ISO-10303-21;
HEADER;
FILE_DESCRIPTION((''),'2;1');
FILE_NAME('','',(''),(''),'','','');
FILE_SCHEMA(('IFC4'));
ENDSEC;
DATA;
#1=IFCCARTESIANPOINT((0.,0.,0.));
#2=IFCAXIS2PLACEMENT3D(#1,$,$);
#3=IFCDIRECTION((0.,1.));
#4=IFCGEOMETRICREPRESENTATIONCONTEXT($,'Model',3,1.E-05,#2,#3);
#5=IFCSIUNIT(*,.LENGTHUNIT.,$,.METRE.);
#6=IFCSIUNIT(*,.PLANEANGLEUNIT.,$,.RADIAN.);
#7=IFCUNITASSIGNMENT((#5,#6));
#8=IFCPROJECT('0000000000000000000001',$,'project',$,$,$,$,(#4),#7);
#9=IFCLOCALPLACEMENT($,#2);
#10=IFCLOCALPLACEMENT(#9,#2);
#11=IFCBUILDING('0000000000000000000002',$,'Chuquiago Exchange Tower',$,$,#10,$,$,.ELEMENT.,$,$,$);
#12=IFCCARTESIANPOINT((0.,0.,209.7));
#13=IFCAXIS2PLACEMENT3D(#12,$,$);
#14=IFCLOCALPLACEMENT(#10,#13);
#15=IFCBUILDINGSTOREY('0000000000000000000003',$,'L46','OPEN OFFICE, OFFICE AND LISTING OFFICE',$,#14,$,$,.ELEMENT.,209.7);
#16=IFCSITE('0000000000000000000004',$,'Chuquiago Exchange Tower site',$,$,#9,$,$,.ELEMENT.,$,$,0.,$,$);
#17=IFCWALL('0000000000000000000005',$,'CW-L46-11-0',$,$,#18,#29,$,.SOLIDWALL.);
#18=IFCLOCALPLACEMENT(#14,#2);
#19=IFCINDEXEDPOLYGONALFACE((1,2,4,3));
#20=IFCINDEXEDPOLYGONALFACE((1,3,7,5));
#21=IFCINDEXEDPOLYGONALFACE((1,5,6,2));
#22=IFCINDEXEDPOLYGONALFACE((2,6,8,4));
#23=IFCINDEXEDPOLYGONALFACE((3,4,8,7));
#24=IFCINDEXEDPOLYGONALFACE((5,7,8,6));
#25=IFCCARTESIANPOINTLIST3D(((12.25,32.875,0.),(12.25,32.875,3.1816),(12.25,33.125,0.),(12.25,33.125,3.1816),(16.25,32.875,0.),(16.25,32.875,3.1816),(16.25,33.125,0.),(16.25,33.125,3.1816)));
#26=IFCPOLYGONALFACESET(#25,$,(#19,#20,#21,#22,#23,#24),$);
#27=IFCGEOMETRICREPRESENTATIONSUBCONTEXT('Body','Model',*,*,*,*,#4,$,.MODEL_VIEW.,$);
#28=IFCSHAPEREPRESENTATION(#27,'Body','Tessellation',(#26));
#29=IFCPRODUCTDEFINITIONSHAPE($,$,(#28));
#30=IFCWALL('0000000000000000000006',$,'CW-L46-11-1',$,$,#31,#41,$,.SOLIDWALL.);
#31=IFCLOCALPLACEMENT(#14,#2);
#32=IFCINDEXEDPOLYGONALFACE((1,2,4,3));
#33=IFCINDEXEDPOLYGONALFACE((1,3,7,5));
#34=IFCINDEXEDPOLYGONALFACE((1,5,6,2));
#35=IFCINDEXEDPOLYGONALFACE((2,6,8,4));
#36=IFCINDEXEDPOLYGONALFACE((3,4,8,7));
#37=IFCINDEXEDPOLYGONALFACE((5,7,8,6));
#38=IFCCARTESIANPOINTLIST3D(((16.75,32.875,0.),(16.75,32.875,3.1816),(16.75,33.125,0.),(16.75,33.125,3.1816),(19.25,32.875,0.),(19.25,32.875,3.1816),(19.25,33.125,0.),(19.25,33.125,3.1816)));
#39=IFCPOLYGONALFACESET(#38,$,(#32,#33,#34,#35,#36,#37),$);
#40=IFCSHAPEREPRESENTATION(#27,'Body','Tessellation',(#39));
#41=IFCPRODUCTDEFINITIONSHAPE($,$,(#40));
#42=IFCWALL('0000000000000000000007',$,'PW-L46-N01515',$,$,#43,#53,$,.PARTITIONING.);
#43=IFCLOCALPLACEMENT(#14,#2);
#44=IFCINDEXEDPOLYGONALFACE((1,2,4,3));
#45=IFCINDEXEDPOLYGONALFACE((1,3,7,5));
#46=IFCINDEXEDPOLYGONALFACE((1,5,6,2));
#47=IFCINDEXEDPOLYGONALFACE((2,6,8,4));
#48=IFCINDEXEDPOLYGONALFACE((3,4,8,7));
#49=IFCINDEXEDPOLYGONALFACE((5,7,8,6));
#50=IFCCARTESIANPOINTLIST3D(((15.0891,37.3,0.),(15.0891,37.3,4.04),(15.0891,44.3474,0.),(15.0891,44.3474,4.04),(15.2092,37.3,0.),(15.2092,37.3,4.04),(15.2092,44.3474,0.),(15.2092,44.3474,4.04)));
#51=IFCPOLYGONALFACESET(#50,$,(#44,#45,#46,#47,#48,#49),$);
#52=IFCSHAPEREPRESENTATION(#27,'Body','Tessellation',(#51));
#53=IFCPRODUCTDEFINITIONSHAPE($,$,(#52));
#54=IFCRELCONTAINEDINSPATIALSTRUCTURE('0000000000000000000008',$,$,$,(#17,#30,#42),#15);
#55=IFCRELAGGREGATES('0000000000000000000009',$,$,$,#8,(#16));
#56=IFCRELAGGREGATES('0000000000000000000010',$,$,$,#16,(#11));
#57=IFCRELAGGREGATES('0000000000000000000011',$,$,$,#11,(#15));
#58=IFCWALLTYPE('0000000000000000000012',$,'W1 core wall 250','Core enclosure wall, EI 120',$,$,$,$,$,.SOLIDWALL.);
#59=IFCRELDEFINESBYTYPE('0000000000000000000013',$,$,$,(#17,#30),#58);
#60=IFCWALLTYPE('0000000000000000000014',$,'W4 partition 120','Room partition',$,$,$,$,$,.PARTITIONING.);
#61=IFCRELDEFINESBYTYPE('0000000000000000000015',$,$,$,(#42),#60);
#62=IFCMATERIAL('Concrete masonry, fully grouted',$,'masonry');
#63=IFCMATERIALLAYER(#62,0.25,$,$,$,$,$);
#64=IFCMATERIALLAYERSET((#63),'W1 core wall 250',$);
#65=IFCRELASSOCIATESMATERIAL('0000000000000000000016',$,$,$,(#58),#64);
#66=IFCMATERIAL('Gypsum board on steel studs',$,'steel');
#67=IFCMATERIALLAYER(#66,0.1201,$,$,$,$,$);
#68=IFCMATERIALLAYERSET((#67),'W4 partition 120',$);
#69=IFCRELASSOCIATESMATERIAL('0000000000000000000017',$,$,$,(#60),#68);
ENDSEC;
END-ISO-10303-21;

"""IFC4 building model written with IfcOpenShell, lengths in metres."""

from ifc_helpers import new_model, si_unit, direction, frame, frame_2d, origin, place, context, subcontext, project, spatial, rectangle, extrude, material, layer, layer_set, type_object, element, save


model = new_model("IFC4")

# Units and contexts
model_context = context("Model", 3, precision=1e-05, world=origin(), true_north=direction((0.0, 1.0)))
body_context = subcontext(model_context, "Body", "Model", "MODEL_VIEW")
ifc_project = project(units=[si_unit("LENGTHUNIT", "METRE"), si_unit("PLANEANGLEUNIT", "RADIAN")], contexts=[model_context])

# Site, building, storey
site_placement = place(None, origin())
site = spatial("IfcSite", under=ifc_project, at=site_placement, Name="Chuquiago Exchange Tower site", CompositionType="ELEMENT", RefElevation=0.0)
building_placement = place(site_placement, origin())
building = spatial("IfcBuilding", under=site, at=building_placement, Name="Chuquiago Exchange Tower", CompositionType="ELEMENT")
storey_placement = place(building_placement, frame((0.0, 0.0, 209.7)))
storey = spatial("IfcBuildingStorey", under=building, at=storey_placement, Name="L46", Description="OPEN OFFICE, OFFICE AND LISTING OFFICE", CompositionType="ELEMENT", Elevation=209.7)

# Walls
ifc_material_1 = material(Name="Concrete masonry, fully grouted", Category="masonry")
ifc_layer_1 = layer(ifc_material_1, 0.25)
ifc_layer_set_1 = layer_set([ifc_layer_1], Name="W1 core wall 250")
wall_type_1 = type_object("IfcWallType", Name="W1 core wall 250", Description="Core enclosure wall, EI 120", PredefinedType="SOLIDWALL", material=ifc_layer_set_1)
wall_1_placement = place(storey_placement, frame((12.25, 33.0, 0.0), z_axis=(0.0, 0.0, 1.0), x_axis=(1.0, 0.0, 0.0)))
element("IfcWall", 1, at=wall_1_placement, inside=storey, type_object=wall_type_1, Name="CW-L46-11-0", PredefinedType="SOLIDWALL", context=body_context, shape_type="SweptSolid", body=[
    extrude(rectangle(XDim=4.0, YDim=0.25, at=frame_2d((2.0, 0.0))), origin(), (0.0, 0.0, 1.0), 3.1816),
])
wall_2_placement = place(storey_placement, frame((16.75, 33.0, 0.0), z_axis=(0.0, 0.0, 1.0), x_axis=(1.0, 0.0, 0.0)))
element("IfcWall", 2, at=wall_2_placement, inside=storey, type_object=wall_type_1, Name="CW-L46-11-1", PredefinedType="SOLIDWALL", context=body_context, shape_type="SweptSolid", body=[
    extrude(rectangle(XDim=2.5, YDim=0.25, at=frame_2d((1.25, 0.0))), origin(), (0.0, 0.0, 1.0), 3.1816),
])
ifc_material_2 = material(Name="Gypsum board on steel studs", Category="steel")
ifc_layer_2 = layer(ifc_material_2, 0.1201)
ifc_layer_set_2 = layer_set([ifc_layer_2], Name="W4 partition 120")
wall_type_2 = type_object("IfcWallType", Name="W4 partition 120", Description="Room partition", PredefinedType="PARTITIONING", material=ifc_layer_set_2)
wall_3_placement = place(storey_placement, frame((15.1492, 44.3474, 0.0), z_axis=(0.0, 0.0, 1.0), x_axis=(0.0, -1.0, 0.0)))
element("IfcWall", 3, at=wall_3_placement, inside=storey, type_object=wall_type_2, Name="PW-L46-N01515", PredefinedType="PARTITIONING", context=body_context, shape_type="SweptSolid", body=[
    extrude(rectangle(XDim=7.0474, YDim=0.1201, at=frame_2d((3.5237, 0.0))), origin(), (0.0, 0.0, 1.0), 4.04),
])

save(model, "model.ifc")
